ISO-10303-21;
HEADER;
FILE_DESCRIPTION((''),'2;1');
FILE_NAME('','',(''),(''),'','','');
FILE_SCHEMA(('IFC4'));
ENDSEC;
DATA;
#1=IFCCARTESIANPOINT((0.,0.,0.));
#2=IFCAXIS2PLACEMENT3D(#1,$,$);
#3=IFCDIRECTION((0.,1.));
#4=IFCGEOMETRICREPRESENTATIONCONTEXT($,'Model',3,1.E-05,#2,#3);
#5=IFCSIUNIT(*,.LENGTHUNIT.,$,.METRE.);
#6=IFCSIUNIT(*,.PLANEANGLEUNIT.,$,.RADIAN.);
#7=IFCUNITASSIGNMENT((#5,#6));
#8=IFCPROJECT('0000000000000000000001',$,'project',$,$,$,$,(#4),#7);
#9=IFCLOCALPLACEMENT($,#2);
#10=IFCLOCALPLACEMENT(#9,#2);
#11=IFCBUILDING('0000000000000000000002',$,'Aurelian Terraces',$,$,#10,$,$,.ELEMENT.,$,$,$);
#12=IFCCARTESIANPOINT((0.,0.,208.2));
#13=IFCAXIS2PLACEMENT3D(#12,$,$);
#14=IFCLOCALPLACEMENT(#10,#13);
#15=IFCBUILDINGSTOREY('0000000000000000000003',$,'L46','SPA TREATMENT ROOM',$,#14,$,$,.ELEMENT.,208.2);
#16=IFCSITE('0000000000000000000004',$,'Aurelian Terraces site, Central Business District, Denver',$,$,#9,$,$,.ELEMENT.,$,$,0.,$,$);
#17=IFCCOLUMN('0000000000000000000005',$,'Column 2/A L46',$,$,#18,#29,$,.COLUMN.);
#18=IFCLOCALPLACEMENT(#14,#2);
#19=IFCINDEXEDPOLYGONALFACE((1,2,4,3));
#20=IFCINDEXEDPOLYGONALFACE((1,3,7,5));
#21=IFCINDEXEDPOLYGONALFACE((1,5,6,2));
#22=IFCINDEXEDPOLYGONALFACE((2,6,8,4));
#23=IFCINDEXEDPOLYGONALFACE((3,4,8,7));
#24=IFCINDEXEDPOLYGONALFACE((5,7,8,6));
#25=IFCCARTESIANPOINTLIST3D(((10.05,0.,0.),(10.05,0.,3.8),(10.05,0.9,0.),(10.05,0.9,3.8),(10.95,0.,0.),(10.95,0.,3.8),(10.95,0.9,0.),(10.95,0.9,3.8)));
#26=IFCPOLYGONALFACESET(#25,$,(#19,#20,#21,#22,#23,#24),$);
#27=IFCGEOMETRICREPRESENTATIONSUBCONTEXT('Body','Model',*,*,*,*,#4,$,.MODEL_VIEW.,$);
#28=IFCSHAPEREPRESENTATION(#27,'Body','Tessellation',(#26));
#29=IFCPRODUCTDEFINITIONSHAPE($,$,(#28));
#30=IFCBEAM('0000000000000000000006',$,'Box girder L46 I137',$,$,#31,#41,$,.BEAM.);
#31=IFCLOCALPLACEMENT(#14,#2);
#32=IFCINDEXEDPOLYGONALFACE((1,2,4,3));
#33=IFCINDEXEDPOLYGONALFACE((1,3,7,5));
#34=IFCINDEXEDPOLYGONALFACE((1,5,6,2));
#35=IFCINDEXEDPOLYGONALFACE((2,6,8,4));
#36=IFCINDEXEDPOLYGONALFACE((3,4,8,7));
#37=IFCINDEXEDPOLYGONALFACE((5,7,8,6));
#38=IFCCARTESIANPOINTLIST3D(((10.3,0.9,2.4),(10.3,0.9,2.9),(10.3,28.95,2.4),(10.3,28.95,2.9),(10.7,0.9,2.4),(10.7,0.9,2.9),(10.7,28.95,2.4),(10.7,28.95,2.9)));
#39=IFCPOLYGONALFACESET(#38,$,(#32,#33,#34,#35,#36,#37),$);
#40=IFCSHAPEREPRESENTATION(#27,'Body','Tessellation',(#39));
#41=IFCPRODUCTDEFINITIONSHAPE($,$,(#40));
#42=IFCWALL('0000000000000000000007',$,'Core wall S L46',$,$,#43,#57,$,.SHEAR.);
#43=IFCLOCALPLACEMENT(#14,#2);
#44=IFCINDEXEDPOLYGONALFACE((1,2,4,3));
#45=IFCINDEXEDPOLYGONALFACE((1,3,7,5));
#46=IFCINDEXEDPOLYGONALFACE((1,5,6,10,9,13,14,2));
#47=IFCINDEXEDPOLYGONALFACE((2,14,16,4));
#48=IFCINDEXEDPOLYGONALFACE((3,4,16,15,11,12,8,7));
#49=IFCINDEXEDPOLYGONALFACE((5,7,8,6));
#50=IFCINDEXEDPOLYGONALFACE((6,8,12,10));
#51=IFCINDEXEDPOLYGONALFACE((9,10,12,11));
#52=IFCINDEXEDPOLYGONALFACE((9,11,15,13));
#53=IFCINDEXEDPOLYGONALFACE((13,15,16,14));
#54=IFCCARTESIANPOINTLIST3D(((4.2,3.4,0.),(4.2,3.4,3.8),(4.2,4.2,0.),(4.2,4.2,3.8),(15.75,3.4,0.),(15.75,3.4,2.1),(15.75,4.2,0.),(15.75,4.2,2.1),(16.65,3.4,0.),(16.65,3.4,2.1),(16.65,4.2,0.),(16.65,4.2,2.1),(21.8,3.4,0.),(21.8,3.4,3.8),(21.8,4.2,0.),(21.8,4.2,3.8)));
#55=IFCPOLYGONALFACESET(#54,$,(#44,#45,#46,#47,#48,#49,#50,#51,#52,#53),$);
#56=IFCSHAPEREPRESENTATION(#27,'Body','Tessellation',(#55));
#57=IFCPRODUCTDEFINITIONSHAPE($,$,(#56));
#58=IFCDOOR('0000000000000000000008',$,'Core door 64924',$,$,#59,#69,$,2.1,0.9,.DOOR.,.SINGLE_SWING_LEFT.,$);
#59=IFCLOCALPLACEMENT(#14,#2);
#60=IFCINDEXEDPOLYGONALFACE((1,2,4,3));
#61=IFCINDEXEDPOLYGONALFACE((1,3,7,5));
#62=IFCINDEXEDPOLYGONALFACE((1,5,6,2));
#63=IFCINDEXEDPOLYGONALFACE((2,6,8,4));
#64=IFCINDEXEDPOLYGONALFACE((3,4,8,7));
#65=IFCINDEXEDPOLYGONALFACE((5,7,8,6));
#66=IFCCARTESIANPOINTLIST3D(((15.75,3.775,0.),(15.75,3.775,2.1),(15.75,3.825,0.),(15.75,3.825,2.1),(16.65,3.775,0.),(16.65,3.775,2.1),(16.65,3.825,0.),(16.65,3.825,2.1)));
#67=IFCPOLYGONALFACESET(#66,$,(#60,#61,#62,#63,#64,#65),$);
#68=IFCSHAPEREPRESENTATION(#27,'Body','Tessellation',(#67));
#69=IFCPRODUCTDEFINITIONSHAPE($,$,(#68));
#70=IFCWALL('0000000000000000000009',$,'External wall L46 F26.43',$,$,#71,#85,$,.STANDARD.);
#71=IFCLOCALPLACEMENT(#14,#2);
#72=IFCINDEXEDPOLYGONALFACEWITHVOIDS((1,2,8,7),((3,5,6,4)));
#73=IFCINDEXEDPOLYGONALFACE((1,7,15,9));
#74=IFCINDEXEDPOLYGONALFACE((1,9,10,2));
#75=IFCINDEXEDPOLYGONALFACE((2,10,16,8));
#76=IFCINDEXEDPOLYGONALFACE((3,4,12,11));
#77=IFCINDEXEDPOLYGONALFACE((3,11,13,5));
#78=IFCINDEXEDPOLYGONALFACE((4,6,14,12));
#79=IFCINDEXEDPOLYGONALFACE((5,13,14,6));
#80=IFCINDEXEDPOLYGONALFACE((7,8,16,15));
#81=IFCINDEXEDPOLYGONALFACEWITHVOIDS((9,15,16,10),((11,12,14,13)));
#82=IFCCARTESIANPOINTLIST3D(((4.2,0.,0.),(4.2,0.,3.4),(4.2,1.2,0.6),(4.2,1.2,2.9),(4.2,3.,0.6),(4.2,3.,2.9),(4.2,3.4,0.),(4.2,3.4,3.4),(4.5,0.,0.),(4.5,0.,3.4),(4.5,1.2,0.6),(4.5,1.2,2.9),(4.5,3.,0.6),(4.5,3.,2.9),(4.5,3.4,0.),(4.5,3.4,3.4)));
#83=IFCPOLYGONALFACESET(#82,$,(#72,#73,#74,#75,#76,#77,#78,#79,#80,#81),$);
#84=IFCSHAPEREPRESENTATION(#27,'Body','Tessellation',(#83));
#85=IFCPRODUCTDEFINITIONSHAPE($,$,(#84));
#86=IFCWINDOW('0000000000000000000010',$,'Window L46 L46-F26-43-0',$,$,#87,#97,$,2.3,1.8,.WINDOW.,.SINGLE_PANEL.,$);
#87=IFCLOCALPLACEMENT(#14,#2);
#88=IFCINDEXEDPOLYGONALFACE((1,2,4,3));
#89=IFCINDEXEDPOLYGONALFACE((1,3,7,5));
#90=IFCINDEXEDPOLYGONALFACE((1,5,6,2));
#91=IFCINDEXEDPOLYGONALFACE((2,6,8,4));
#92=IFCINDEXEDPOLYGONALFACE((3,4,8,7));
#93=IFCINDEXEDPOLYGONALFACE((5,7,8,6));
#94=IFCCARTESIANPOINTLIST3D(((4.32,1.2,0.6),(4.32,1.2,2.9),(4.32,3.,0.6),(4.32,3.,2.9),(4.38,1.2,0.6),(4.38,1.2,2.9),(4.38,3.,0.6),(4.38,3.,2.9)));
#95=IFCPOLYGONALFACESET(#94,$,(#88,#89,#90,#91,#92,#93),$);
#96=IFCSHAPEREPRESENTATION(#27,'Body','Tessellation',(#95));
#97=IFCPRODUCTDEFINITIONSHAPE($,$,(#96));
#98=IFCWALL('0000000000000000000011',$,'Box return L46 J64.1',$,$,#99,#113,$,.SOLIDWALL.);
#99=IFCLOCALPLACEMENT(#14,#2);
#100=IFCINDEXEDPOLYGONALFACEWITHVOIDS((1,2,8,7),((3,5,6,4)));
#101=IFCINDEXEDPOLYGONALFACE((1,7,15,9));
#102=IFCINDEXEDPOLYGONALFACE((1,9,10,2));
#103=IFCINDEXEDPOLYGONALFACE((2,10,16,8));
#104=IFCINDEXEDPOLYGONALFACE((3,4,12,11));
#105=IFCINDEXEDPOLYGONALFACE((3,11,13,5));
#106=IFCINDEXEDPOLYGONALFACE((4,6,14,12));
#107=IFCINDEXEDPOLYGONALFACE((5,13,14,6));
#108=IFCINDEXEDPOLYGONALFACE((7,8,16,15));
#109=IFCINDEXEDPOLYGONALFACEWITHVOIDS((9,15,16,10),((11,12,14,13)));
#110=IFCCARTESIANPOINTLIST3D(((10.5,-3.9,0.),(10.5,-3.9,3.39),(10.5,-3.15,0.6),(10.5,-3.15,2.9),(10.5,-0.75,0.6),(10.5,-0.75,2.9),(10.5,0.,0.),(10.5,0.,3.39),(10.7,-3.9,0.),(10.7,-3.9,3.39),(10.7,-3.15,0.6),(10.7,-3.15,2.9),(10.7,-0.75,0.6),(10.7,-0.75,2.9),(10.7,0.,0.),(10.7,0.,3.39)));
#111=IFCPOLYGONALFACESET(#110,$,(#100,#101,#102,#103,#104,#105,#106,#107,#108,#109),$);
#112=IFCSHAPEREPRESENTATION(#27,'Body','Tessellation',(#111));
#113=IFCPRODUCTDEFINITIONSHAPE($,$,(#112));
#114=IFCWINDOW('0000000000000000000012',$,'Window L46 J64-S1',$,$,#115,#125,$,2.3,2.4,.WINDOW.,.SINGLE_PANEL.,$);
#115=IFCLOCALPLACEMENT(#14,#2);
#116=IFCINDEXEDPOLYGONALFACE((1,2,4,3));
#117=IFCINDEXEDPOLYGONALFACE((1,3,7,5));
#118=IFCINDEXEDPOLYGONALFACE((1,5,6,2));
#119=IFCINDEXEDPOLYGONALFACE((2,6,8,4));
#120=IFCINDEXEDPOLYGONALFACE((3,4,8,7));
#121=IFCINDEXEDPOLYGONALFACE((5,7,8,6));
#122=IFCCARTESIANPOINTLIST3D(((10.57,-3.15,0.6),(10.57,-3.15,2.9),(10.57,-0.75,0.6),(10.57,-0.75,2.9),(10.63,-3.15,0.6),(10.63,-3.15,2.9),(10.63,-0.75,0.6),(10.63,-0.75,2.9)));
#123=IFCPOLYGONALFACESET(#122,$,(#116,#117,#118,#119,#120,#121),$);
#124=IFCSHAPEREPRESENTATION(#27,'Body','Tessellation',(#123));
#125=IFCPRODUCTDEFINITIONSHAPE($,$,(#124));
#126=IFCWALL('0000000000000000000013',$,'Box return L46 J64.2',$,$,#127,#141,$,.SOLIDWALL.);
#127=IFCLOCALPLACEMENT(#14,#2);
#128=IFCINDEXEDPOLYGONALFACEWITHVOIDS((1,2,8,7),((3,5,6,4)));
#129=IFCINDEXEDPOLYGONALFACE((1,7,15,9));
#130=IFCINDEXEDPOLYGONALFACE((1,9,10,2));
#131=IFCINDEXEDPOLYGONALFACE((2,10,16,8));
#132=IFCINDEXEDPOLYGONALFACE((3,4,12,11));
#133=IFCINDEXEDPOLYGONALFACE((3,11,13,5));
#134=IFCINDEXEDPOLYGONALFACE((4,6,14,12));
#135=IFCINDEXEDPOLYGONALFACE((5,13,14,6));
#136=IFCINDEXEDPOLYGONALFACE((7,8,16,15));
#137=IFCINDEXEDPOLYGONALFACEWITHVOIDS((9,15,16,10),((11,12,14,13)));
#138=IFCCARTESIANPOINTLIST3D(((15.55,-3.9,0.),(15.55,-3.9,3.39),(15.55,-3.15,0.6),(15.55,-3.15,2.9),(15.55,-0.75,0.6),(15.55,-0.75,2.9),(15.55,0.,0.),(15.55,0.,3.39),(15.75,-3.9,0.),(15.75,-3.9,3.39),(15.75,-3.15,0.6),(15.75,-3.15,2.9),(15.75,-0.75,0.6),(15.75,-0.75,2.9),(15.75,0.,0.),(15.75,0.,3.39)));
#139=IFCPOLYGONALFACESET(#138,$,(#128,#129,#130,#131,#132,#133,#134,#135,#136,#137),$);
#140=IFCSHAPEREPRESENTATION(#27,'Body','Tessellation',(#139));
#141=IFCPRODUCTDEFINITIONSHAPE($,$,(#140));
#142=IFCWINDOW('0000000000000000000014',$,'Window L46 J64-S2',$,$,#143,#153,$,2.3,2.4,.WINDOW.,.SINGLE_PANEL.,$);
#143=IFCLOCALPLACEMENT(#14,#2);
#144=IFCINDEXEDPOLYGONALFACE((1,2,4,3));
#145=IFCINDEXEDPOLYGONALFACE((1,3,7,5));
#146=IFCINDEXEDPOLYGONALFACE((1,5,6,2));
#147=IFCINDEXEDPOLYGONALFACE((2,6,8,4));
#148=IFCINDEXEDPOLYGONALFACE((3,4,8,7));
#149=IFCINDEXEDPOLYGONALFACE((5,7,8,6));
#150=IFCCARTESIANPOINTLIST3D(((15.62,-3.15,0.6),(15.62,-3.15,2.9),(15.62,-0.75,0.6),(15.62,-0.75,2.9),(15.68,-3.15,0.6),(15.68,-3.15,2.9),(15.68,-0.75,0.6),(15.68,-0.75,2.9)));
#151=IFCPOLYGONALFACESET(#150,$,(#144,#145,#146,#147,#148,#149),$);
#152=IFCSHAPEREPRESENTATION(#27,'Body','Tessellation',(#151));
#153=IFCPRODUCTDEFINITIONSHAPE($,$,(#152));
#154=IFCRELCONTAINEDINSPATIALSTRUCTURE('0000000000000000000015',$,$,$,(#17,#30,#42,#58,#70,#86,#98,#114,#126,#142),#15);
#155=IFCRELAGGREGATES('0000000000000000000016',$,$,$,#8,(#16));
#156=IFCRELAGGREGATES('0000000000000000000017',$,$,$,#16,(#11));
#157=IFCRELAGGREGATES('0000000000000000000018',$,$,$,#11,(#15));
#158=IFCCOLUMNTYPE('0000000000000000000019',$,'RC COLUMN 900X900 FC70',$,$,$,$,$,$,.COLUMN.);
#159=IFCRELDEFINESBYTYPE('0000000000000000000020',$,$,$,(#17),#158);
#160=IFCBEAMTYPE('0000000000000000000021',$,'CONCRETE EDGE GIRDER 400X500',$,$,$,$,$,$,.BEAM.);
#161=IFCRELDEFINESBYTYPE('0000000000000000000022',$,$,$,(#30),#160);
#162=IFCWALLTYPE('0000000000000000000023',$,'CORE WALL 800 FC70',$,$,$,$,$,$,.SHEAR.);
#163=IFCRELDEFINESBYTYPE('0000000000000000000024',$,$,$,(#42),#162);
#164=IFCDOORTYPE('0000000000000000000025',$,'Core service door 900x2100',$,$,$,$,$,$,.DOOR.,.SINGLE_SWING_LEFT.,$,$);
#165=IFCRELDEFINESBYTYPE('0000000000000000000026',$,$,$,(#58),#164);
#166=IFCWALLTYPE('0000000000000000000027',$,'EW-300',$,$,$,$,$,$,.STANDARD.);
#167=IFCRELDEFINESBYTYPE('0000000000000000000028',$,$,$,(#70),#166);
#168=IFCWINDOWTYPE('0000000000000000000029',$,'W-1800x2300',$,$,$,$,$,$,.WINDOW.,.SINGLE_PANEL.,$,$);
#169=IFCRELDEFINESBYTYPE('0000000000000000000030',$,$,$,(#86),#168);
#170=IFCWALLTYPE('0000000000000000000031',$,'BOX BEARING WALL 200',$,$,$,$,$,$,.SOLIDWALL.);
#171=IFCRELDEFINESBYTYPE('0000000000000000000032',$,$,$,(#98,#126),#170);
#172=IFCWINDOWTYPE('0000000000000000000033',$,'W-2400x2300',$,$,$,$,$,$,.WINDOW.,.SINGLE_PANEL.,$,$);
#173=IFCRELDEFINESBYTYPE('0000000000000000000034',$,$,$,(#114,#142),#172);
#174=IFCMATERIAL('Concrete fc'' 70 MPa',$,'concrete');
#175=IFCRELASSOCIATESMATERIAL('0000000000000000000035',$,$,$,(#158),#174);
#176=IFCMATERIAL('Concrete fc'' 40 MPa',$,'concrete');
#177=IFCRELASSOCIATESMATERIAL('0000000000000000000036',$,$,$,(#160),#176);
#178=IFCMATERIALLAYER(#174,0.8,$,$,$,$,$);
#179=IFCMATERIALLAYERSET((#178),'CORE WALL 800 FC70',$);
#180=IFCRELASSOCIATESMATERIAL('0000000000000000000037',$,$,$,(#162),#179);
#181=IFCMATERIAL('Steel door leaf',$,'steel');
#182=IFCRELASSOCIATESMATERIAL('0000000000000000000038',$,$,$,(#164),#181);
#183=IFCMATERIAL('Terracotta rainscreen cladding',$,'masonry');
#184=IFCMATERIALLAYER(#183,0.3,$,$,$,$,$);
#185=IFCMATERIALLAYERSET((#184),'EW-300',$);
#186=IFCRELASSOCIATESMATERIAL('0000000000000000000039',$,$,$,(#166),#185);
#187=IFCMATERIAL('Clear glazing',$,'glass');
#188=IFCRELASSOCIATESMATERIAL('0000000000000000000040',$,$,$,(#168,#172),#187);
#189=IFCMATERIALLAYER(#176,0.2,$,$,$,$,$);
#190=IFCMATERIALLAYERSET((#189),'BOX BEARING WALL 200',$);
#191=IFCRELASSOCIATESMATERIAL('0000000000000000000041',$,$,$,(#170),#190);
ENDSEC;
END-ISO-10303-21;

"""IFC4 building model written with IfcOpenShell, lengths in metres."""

from ifc_helpers import new_model, si_unit, direction, frame, frame_2d, origin, origin_2d, place, context, subcontext, project, spatial, rectangle, extrude, source, transform, mapped, material, layer, layer_set, material_profile, profile_set, type_object, element, fill, save


model = new_model("IFC4")

# Units and contexts
model_context = context("Model", 3, precision=1e-05, world=origin(), true_north=direction((0.0, 1.0)))
body_context = subcontext(model_context, "Body", "Model", "MODEL_VIEW")
ifc_project = project(units=[si_unit("LENGTHUNIT", "METRE"), si_unit("PLANEANGLEUNIT", "RADIAN")], contexts=[model_context])

# Site, building, storey
site_placement = place(None, origin())
site = spatial("IfcSite", under=ifc_project, at=site_placement, Name="Aurelian Terraces site, Central Business District, Denver", CompositionType="ELEMENT", RefElevation=0.0)
building_placement = place(site_placement, origin())
building = spatial("IfcBuilding", under=site, at=building_placement, Name="Aurelian Terraces", CompositionType="ELEMENT")
storey_placement = place(building_placement, frame((0.0, 0.0, 208.2)))
storey = spatial("IfcBuildingStorey", under=building, at=storey_placement, Name="L46", Description="SPA TREATMENT ROOM", CompositionType="ELEMENT", Elevation=208.2)

# Column
ifc_material_1 = material(Name="Concrete fc' 70 MPa", Category="concrete")
ifc_material_profile_1 = material_profile(ifc_material_1, rectangle(XDim=0.9, YDim=0.9, at=origin_2d()))
ifc_profile_set_1 = profile_set([ifc_material_profile_1], Name="Concrete fc' 70 MPa")
column_type = type_object("IfcColumnType", Name="RC COLUMN 900X900 FC70", PredefinedType="COLUMN", material=ifc_profile_set_1)
shared_shape_1 = source(origin(), body_context, "Body", "SweptSolid", [
    extrude(rectangle(XDim=0.9, YDim=0.9, at=origin_2d()), origin(), (0.0, 0.0, 1.0), 3.8),
])
column_placement = place(storey_placement, frame((10.5, 0.45, 0.0), z_axis=(0.0, 0.0, 1.0), x_axis=(1.0, 0.0, 0.0)))
element("IfcColumn", 1, at=column_placement, inside=storey, type_object=column_type, Name="Column 2/A L46", PredefinedType="COLUMN", context=body_context, shape_type="MappedRepresentation", body=[
    mapped(shared_shape_1, transform((0.0, 0.0, 0.0), scale=1.0)),
])

# Beam
ifc_material_2 = material(Name="Concrete fc' 40 MPa", Category="concrete")
ifc_material_profile_2 = material_profile(ifc_material_2, rectangle(XDim=0.4, YDim=0.5, at=origin_2d()))
ifc_profile_set_2 = profile_set([ifc_material_profile_2], Name="Concrete fc' 40 MPa")
beam_type = type_object("IfcBeamType", Name="CONCRETE EDGE GIRDER 400X500", PredefinedType="BEAM", material=ifc_profile_set_2)
shared_shape_2 = source(origin(), body_context, "Body", "SweptSolid", [
    extrude(rectangle(XDim=0.4, YDim=0.5, at=origin_2d()), origin(), (0.0, 0.0, 1.0), 28.05),
])
beam_placement = place(storey_placement, frame((10.5, 0.9, 2.65), z_axis=(0.0, 1.0, 0.0), x_axis=(-1.0, 0.0, 0.0)))
element("IfcBeam", 2, at=beam_placement, inside=storey, type_object=beam_type, Name="Box girder L46 I137", PredefinedType="BEAM", context=body_context, shape_type="MappedRepresentation", body=[
    mapped(shared_shape_2, transform((0.0, 0.0, 0.0), scale=1.0)),
])

# Wall, opening, door
ifc_layer_1 = layer(ifc_material_1, 0.8)
ifc_layer_set_1 = layer_set([ifc_layer_1], Name="CORE WALL 800 FC70")
wall_type_1 = type_object("IfcWallType", Name="CORE WALL 800 FC70", PredefinedType="SHEAR", material=ifc_layer_set_1)
shared_shape_3 = source(origin(), body_context, "Body", "SweptSolid", [
    extrude(rectangle(XDim=17.6, YDim=0.8, at=frame_2d((8.8, 0.0))), origin(), (0.0, 0.0, 1.0), 3.8),
])
wall_1_placement = place(storey_placement, frame((4.2, 3.8, 0.0), z_axis=(0.0, 0.0, 1.0), x_axis=(1.0, 0.0, 0.0)))
wall_1 = element("IfcWall", 3, at=wall_1_placement, inside=storey, type_object=wall_type_1, Name="Core wall S L46", PredefinedType="SHEAR", context=body_context, shape_type="MappedRepresentation", body=[
    mapped(shared_shape_3, transform((0.0, 0.0, 0.0), scale=1.0)),
])
shared_shape_4 = source(origin(), body_context, "Body", "SweptSolid", [
    extrude(rectangle(XDim=0.9, YDim=2.1, at=frame_2d((0.45, 1.05))), frame((0.0, 0.41, 0.0), z_axis=(0.0, -1.0, 0.0), x_axis=(1.0, 0.0, 0.0)), (0.0, 0.0, 1.0), 0.82),
])
opening_1_placement = place(wall_1_placement, frame((11.55, 0.0, 0.0)))
opening_1 = element("IfcOpeningElement", 4, at=opening_1_placement, cuts=wall_1, PredefinedType="OPENING", context=body_context, shape_type="MappedRepresentation", body=[
    mapped(shared_shape_4, transform((0.0, 0.0, 0.0), scale=1.0)),
])
ifc_material_3 = material(Name="Steel door leaf", Category="steel")
door_type_1 = type_object("IfcDoorType", Name="Core service door 900x2100", OperationType="SINGLE_SWING_LEFT", PredefinedType="DOOR", material=ifc_material_3)
shared_shape_5 = source(origin(), body_context, "Body", "SweptSolid", [
    extrude(rectangle(XDim=0.9, YDim=2.1, at=frame_2d((0.45, 1.05))), frame((0.0, 0.025, 0.0), z_axis=(0.0, -1.0, 0.0), x_axis=(1.0, 0.0, 0.0)), (0.0, 0.0, 1.0), 0.05),
])
door_1_placement = place(opening_1_placement, origin())
door_1 = element("IfcDoor", 5, at=door_1_placement, inside=storey, type_object=door_type_1, Name="Core door 64924", OperationType="SINGLE_SWING_LEFT", OverallHeight=2.1, OverallWidth=0.9, PredefinedType="DOOR", context=body_context, shape_type="MappedRepresentation", body=[
    mapped(shared_shape_5, transform((0.0, 0.0, 0.0), scale=1.0)),
])
fill(opening_1, door_1)

# Walls, openings, windows
ifc_material_4 = material(Name="Terracotta rainscreen cladding", Category="masonry")
ifc_layer_2 = layer(ifc_material_4, 0.3)
ifc_layer_set_2 = layer_set([ifc_layer_2], Name="EW-300")
wall_type_2 = type_object("IfcWallType", Name="EW-300", PredefinedType="STANDARD", material=ifc_layer_set_2)
shared_shape_6 = source(origin(), body_context, "Body", "SweptSolid", [
    extrude(rectangle(XDim=3.4, YDim=0.3, at=frame_2d((1.7, 0.0))), origin(), (0.0, 0.0, 1.0), 3.4),
])
wall_2_placement = place(storey_placement, frame((4.35, 3.4, 0.0), z_axis=(0.0, 0.0, 1.0), x_axis=(0.0, -1.0, 0.0)))
wall_2 = element("IfcWall", 6, at=wall_2_placement, inside=storey, type_object=wall_type_2, Name="External wall L46 F26.43", PredefinedType="STANDARD", context=body_context, shape_type="MappedRepresentation", body=[
    mapped(shared_shape_6, transform((0.0, 0.0, 0.0), scale=1.0)),
])
shared_shape_7 = source(origin(), body_context, "Body", "SweptSolid", [
    extrude(rectangle(XDim=1.8, YDim=2.3, at=frame_2d((0.9, 1.15))), frame((0.0, 0.16, 0.0), z_axis=(0.0, -1.0, 0.0), x_axis=(1.0, 0.0, 0.0)), (0.0, 0.0, 1.0), 0.32),
])
opening_2_placement = place(wall_2_placement, frame((0.4, 0.0, 0.6)))
opening_2 = element("IfcOpeningElement", 7, at=opening_2_placement, cuts=wall_2, PredefinedType="OPENING", context=body_context, shape_type="MappedRepresentation", body=[
    mapped(shared_shape_7, transform((0.0, 0.0, 0.0), scale=1.0)),
])
ifc_material_5 = material(Name="Clear glazing", Category="glass")
window_type_1 = type_object("IfcWindowType", Name="W-1800x2300", PartitioningType="SINGLE_PANEL", PredefinedType="WINDOW", material=ifc_material_5)
shared_shape_8 = source(origin(), body_context, "Body", "SweptSolid", [
    extrude(rectangle(XDim=1.8, YDim=2.3, at=frame_2d((0.9, 1.15))), frame((0.0, 0.03, 0.0), z_axis=(0.0, -1.0, 0.0), x_axis=(1.0, 0.0, 0.0)), (0.0, 0.0, 1.0), 0.06),
])
window_1_placement = place(opening_2_placement, origin())
window_1 = element("IfcWindow", 8, at=window_1_placement, inside=storey, type_object=window_type_1, Name="Window L46 L46-F26-43-0", OverallHeight=2.3, OverallWidth=1.8, PartitioningType="SINGLE_PANEL", PredefinedType="WINDOW", context=body_context, shape_type="MappedRepresentation", body=[
    mapped(shared_shape_8, transform((0.0, 0.0, 0.0), scale=1.0)),
])
fill(opening_2, window_1)
ifc_layer_3 = layer(ifc_material_2, 0.2)
ifc_layer_set_3 = layer_set([ifc_layer_3], Name="BOX BEARING WALL 200")
wall_type_3 = type_object("IfcWallType", Name="BOX BEARING WALL 200", PredefinedType="SOLIDWALL", material=ifc_layer_set_3)
shared_shape_9 = source(origin(), body_context, "Body", "SweptSolid", [
    extrude(rectangle(XDim=3.9, YDim=0.2, at=frame_2d((1.95, 0.0))), origin(), (0.0, 0.0, 1.0), 3.39),
])
wall_3_placement = place(storey_placement, frame((10.6, 0.0, 0.0), z_axis=(0.0, 0.0, 1.0), x_axis=(0.0, -1.0, 0.0)))
wall_3 = element("IfcWall", 9, at=wall_3_placement, inside=storey, type_object=wall_type_3, Name="Box return L46 J64.1", PredefinedType="SOLIDWALL", context=body_context, shape_type="MappedRepresentation", body=[
    mapped(shared_shape_9, transform((0.0, 0.0, 0.0), scale=1.0)),
])
shared_shape_10 = source(origin(), body_context, "Body", "SweptSolid", [
    extrude(rectangle(XDim=2.4, YDim=2.3, at=frame_2d((1.2, 1.15))), frame((0.0, 0.11, 0.0), z_axis=(0.0, -1.0, 0.0), x_axis=(1.0, 0.0, 0.0)), (0.0, 0.0, 1.0), 0.22),
])
opening_3_placement = place(wall_3_placement, frame((0.75, 0.0, 0.6)))
opening_3 = element("IfcOpeningElement", 10, at=opening_3_placement, cuts=wall_3, PredefinedType="OPENING", context=body_context, shape_type="MappedRepresentation", body=[
    mapped(shared_shape_10, transform((0.0, 0.0, 0.0), scale=1.0)),
])
window_type_2 = type_object("IfcWindowType", Name="W-2400x2300", PartitioningType="SINGLE_PANEL", PredefinedType="WINDOW", material=ifc_material_5)
shared_shape_11 = source(origin(), body_context, "Body", "SweptSolid", [
    extrude(rectangle(XDim=2.4, YDim=2.3, at=frame_2d((1.2, 1.15))), frame((0.0, 0.03, 0.0), z_axis=(0.0, -1.0, 0.0), x_axis=(1.0, 0.0, 0.0)), (0.0, 0.0, 1.0), 0.06),
])
window_2_placement = place(opening_3_placement, origin())
window_2 = element("IfcWindow", 11, at=window_2_placement, inside=storey, type_object=window_type_2, Name="Window L46 J64-S1", OverallHeight=2.3, OverallWidth=2.4, PartitioningType="SINGLE_PANEL", PredefinedType="WINDOW", context=body_context, shape_type="MappedRepresentation", body=[
    mapped(shared_shape_11, transform((0.0, 0.0, 0.0), scale=1.0)),
])
fill(opening_3, window_2)
wall_4_placement = place(storey_placement, frame((15.65, 0.0, 0.0), z_axis=(0.0, 0.0, 1.0), x_axis=(0.0, -1.0, 0.0)))
wall_4 = element("IfcWall", 12, at=wall_4_placement, inside=storey, type_object=wall_type_3, Name="Box return L46 J64.2", PredefinedType="SOLIDWALL", context=body_context, shape_type="MappedRepresentation", body=[
    mapped(shared_shape_9, transform((0.0, 0.0, 0.0), scale=1.0)),
])
opening_4_placement = place(wall_4_placement, frame((0.75, 0.0, 0.6)))
opening_4 = element("IfcOpeningElement", 13, at=opening_4_placement, cuts=wall_4, PredefinedType="OPENING", context=body_context, shape_type="MappedRepresentation", body=[
    mapped(shared_shape_10, transform((0.0, 0.0, 0.0), scale=1.0)),
])
window_3_placement = place(opening_4_placement, origin())
window_3 = element("IfcWindow", 14, at=window_3_placement, inside=storey, type_object=window_type_2, Name="Window L46 J64-S2", OverallHeight=2.3, OverallWidth=2.4, PartitioningType="SINGLE_PANEL", PredefinedType="WINDOW", context=body_context, shape_type="MappedRepresentation", body=[
    mapped(shared_shape_11, transform((0.0, 0.0, 0.0), scale=1.0)),
])
fill(opening_4, window_3)

save(model, "model.ifc")
